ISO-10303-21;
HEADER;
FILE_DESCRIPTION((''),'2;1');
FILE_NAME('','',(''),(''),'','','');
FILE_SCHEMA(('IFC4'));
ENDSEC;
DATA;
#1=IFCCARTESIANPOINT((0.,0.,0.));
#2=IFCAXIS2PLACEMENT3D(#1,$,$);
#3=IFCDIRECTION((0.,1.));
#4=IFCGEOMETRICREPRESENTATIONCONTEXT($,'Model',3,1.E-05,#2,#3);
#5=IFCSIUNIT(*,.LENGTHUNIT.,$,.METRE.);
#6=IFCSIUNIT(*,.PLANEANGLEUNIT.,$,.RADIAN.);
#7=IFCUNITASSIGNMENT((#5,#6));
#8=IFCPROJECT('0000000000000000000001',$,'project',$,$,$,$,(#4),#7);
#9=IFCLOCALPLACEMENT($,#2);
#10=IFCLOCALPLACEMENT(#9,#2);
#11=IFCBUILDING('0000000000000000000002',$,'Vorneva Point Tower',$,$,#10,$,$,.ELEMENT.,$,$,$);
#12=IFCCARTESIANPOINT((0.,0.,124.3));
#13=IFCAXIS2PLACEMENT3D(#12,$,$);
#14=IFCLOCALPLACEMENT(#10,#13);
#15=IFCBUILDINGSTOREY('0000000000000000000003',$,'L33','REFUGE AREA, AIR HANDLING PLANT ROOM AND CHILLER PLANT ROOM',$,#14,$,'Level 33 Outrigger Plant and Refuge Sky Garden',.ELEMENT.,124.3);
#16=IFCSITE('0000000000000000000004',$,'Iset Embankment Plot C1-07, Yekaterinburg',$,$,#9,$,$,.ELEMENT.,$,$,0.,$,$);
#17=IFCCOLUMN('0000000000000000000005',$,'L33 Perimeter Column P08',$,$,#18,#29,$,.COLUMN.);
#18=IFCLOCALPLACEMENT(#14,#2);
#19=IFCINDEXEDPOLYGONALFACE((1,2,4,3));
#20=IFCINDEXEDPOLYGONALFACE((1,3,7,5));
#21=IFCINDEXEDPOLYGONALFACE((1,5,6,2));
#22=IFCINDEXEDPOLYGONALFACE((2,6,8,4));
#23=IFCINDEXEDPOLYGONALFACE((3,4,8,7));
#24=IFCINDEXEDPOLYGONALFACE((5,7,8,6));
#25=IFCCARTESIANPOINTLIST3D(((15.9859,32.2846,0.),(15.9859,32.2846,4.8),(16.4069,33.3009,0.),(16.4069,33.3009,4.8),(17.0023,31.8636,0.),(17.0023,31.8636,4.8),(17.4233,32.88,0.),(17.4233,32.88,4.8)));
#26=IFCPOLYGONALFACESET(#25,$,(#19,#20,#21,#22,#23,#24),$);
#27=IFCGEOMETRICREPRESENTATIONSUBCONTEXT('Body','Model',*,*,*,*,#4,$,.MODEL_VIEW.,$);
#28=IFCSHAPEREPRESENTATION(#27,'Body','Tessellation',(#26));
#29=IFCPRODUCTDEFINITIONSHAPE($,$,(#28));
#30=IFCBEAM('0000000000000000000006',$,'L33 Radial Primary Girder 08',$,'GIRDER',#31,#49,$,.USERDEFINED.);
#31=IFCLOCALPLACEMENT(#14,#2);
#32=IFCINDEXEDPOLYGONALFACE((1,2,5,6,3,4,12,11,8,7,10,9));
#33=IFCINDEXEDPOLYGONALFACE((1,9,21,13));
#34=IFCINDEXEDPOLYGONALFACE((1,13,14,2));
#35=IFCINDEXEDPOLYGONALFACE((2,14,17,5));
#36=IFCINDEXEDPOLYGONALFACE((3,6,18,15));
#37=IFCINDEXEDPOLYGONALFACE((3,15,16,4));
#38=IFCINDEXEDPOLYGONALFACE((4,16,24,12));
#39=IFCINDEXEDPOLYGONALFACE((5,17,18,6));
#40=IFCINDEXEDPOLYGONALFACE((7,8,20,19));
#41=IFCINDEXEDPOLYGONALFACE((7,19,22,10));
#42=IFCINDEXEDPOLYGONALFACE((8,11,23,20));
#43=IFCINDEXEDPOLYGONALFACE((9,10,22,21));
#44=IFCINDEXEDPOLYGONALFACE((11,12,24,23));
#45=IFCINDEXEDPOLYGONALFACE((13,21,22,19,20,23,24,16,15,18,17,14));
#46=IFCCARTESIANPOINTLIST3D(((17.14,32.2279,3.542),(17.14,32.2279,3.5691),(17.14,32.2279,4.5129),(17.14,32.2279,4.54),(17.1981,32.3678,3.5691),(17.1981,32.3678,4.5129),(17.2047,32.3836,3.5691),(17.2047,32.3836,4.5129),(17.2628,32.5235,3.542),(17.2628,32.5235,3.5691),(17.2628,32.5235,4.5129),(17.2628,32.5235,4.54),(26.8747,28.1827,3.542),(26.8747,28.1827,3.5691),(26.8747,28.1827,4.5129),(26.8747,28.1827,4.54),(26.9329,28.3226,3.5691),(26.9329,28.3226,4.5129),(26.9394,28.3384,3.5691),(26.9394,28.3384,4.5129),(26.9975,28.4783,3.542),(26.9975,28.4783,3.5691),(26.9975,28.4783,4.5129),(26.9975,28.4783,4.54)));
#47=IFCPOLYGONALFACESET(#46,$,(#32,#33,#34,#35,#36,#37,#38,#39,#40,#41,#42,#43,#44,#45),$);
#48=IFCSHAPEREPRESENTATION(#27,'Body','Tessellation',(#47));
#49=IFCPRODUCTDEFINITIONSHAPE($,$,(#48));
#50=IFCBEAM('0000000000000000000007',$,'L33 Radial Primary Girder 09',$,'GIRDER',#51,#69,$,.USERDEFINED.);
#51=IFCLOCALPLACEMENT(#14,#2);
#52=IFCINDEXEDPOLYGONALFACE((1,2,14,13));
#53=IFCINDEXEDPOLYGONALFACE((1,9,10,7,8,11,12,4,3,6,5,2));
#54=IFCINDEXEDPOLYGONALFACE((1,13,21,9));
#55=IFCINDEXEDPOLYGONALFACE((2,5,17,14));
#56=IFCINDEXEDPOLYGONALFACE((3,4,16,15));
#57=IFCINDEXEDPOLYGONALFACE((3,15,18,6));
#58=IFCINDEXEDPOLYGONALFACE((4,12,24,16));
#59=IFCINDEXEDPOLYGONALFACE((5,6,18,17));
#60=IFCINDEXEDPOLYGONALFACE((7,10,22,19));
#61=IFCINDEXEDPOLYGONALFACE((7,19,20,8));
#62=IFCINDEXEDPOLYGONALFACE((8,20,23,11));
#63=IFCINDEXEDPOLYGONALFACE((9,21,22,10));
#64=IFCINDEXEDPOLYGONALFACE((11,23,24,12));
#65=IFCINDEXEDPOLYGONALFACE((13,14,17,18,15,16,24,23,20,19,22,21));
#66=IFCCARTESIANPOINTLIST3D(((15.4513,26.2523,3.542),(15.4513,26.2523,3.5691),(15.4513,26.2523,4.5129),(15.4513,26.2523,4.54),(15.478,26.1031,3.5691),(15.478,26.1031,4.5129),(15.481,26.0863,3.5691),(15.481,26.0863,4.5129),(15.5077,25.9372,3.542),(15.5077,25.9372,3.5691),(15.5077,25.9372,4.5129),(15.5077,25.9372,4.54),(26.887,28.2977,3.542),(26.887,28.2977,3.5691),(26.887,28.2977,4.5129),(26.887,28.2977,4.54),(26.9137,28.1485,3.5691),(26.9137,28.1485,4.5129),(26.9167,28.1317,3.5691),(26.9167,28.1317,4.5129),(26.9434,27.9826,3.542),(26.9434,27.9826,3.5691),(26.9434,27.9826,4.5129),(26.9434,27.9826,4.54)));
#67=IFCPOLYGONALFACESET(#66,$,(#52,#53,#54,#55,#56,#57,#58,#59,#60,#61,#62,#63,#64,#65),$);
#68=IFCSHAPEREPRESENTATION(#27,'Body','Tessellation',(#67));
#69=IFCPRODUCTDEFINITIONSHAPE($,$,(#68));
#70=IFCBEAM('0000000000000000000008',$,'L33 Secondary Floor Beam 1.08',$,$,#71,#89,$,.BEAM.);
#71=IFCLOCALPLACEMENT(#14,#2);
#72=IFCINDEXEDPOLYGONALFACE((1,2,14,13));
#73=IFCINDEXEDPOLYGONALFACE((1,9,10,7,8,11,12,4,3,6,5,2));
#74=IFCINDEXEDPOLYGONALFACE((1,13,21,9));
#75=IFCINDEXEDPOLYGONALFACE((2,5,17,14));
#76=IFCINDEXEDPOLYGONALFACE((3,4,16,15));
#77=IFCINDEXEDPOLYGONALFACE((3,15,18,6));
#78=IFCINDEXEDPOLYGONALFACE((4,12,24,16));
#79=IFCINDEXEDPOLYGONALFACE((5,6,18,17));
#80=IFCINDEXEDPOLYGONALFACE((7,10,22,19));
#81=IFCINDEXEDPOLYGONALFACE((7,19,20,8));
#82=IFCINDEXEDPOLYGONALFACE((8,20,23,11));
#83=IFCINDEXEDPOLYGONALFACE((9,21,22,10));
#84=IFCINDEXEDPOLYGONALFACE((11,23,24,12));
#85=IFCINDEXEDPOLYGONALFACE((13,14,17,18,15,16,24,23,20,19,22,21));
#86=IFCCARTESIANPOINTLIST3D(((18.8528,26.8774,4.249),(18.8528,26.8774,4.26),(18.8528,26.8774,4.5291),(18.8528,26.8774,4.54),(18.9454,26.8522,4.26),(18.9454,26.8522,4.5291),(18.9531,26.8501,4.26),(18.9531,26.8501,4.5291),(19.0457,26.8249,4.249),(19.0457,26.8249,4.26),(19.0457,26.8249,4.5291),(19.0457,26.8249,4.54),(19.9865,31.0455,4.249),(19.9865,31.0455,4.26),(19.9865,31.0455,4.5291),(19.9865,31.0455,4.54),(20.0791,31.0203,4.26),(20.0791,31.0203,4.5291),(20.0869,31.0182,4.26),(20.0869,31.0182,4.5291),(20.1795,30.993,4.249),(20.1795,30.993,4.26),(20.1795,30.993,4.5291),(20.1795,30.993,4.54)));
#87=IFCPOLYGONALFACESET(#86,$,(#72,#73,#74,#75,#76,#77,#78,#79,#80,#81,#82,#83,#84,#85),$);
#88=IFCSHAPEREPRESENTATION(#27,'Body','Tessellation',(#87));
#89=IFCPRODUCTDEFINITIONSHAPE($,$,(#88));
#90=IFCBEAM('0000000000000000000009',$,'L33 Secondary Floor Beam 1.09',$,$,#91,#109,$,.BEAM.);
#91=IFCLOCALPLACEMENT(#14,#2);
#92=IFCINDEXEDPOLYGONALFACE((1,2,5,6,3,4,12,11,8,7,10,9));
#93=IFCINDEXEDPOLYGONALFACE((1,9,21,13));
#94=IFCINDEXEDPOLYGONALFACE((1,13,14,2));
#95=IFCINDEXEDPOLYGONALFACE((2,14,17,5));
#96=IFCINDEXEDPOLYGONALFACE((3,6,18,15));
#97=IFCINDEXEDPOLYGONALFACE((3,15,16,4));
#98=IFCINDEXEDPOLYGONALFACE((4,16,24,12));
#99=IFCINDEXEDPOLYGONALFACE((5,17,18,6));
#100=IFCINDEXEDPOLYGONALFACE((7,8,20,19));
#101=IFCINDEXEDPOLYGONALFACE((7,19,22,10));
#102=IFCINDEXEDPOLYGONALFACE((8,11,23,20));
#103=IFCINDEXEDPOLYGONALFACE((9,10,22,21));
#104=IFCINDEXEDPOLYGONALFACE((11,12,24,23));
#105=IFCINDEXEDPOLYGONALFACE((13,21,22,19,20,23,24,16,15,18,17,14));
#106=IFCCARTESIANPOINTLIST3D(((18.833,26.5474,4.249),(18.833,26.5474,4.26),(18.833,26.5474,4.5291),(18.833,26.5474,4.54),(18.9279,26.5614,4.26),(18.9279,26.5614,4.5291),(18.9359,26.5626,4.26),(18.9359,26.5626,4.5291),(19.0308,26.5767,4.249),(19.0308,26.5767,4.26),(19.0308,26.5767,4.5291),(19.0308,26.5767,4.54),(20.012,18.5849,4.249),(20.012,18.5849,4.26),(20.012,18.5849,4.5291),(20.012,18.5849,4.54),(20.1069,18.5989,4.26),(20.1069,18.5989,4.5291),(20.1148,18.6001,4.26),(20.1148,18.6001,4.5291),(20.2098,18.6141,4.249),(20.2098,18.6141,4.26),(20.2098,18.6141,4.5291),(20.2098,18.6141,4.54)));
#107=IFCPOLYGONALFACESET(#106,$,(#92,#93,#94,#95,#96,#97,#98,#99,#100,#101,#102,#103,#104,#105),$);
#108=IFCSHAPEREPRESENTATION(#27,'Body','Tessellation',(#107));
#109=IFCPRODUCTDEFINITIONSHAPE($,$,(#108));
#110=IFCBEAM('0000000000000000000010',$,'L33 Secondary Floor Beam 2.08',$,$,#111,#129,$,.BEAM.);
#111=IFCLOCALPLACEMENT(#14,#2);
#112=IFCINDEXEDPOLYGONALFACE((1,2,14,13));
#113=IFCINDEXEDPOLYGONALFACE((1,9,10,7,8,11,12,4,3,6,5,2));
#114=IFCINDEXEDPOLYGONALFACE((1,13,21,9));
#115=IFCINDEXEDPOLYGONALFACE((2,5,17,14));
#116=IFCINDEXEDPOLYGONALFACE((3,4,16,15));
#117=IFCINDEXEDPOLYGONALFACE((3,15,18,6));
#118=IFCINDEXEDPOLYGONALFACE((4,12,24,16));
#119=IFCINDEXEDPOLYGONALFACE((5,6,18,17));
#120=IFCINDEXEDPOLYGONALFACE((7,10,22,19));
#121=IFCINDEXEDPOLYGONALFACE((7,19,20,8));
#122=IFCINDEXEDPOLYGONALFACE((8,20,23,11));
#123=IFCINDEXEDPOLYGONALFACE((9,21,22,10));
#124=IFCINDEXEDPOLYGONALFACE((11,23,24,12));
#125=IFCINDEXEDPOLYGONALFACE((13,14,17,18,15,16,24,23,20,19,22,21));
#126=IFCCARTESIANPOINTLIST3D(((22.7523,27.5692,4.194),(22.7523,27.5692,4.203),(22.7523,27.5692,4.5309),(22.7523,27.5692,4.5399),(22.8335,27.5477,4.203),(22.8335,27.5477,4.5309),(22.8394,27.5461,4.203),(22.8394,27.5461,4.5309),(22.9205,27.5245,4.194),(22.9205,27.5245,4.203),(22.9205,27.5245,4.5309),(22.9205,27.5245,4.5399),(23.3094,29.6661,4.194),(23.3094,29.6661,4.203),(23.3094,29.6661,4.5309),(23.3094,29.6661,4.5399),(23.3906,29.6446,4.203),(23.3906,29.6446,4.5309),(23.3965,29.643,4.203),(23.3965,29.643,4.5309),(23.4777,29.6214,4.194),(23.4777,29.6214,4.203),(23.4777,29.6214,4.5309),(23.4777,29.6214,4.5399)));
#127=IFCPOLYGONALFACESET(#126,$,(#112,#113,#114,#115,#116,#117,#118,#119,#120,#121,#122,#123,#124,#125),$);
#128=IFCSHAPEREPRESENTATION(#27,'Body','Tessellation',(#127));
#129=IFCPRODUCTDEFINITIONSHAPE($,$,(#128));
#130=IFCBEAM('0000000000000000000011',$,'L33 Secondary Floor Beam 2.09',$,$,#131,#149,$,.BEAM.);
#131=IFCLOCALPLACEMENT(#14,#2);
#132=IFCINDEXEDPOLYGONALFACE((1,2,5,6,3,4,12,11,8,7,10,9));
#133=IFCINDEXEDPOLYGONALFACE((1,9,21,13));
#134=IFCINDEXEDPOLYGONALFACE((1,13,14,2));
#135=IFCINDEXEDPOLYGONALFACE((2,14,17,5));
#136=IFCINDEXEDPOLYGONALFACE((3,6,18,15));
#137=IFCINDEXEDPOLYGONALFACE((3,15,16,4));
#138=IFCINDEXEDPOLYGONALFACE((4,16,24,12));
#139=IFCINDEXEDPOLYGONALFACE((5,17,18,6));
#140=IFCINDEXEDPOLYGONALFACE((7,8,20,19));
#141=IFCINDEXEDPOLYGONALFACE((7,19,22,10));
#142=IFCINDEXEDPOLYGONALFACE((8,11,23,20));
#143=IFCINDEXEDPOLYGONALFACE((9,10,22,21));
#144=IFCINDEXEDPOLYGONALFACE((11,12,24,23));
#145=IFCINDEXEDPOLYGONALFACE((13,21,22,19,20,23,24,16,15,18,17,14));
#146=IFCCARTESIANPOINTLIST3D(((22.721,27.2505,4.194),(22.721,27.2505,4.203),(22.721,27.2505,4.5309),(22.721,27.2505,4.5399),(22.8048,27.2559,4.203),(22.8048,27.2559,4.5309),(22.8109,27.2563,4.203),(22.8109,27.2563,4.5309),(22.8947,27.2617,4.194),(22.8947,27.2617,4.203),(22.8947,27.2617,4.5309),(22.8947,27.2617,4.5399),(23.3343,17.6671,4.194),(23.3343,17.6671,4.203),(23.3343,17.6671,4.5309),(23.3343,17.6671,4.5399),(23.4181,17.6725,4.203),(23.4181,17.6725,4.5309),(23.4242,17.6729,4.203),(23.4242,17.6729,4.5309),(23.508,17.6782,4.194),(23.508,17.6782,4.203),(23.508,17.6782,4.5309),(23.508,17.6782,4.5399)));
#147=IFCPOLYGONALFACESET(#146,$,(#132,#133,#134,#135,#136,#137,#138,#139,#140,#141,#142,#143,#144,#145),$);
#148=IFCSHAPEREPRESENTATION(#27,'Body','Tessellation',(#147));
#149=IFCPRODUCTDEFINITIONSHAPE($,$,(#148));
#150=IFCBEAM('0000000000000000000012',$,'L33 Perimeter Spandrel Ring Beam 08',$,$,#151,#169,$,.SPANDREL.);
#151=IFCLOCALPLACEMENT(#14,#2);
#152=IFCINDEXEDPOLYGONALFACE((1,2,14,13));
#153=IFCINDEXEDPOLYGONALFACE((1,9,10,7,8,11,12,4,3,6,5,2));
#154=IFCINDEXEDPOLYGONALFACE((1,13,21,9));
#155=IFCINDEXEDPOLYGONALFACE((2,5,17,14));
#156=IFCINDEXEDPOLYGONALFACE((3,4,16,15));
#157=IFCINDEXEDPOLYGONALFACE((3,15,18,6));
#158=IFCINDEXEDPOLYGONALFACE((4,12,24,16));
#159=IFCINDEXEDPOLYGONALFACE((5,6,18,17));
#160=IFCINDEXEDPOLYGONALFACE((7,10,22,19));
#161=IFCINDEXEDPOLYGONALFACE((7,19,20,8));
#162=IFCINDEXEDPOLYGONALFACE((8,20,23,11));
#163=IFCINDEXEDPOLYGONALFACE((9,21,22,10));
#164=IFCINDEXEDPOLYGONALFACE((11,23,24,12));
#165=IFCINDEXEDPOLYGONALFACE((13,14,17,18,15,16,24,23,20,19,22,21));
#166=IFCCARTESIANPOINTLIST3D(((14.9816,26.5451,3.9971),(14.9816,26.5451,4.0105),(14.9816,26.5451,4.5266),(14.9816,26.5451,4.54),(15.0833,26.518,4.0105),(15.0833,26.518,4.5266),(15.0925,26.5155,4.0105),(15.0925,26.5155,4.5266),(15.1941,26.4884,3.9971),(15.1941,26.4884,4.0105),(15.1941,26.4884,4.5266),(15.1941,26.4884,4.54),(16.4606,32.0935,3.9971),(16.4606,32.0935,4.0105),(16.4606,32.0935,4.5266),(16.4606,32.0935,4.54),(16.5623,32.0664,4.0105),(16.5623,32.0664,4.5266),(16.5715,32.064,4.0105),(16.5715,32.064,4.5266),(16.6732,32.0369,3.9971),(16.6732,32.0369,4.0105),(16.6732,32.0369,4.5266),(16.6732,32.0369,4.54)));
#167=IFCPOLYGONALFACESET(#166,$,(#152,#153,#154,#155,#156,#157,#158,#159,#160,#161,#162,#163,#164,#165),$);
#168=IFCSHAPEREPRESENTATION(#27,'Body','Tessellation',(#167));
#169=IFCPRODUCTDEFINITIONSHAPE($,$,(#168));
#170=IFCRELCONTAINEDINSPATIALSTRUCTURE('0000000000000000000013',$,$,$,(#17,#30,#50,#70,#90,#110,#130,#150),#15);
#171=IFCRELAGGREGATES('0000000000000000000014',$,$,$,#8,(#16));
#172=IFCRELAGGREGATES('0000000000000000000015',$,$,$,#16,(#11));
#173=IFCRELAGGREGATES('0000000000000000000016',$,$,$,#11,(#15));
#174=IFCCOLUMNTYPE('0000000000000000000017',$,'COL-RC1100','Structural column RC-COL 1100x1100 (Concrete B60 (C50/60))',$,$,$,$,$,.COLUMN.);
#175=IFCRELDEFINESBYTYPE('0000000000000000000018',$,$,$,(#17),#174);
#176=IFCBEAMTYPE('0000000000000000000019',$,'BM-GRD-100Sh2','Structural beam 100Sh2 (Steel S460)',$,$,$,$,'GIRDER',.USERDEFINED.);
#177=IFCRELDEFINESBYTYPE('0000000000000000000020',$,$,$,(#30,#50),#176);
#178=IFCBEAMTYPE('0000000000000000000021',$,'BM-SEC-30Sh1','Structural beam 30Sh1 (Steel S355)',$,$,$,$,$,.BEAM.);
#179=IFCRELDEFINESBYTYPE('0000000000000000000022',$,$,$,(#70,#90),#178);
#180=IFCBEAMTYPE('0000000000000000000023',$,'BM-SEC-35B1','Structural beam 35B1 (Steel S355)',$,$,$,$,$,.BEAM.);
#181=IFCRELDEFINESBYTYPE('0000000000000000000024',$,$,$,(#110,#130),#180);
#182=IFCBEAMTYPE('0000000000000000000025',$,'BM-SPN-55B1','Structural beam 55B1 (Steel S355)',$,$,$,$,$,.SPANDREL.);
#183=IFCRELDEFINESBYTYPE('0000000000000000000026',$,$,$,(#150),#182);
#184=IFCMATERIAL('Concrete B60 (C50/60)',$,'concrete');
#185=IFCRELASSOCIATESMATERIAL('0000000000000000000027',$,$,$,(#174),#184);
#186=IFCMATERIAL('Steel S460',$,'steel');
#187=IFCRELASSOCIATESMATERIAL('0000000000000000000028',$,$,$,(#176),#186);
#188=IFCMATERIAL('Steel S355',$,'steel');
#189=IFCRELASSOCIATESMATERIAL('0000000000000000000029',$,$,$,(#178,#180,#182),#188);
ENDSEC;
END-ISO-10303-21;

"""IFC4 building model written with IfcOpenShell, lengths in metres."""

from ifc_helpers import new_model, si_unit, direction, frame, origin, origin_2d, place, context, subcontext, project, spatial, rectangle, i_section, extrude, material, material_profile, profile_set, type_object, element, save


model = new_model("IFC4")

# Units and contexts
model_context = context("Model", 3, precision=1e-05, world=origin(), true_north=direction((0.0, 1.0)))
body_context = subcontext(model_context, "Body", "Model", "MODEL_VIEW")
ifc_project = project(units=[si_unit("LENGTHUNIT", "METRE"), si_unit("PLANEANGLEUNIT", "RADIAN")], contexts=[model_context])

# Site, building, storey
site_placement = place(None, origin())
site = spatial("IfcSite", under=ifc_project, at=site_placement, Name="Iset Embankment Plot C1-07, Yekaterinburg", CompositionType="ELEMENT", RefElevation=0.0)
building_placement = place(site_placement, origin())
building = spatial("IfcBuilding", under=site, at=building_placement, Name="Vorneva Point Tower", CompositionType="ELEMENT")
storey_placement = place(building_placement, frame((0.0, 0.0, 124.3)))
storey = spatial("IfcBuildingStorey", under=building, at=storey_placement, Name="L33", Description="REFUGE AREA, AIR HANDLING PLANT ROOM AND CHILLER PLANT ROOM", LongName="Level 33 Outrigger Plant and Refuge Sky Garden", CompositionType="ELEMENT", Elevation=124.3)

# Column
ifc_material_1 = material(Name="Concrete B60 (C50/60)", Category="concrete")
ifc_material_profile_1 = material_profile(ifc_material_1, rectangle(XDim=1.1001, YDim=1.1001, at=origin_2d()), Name="RC-COL 1100x1100")
ifc_profile_set_1 = profile_set([ifc_material_profile_1], Name="Concrete B60 (C50/60)")
column_type = type_object("IfcColumnType", Name="COL-RC1100", Description="Structural column RC-COL 1100x1100 (Concrete B60 (C50/60))", PredefinedType="COLUMN", material=ifc_profile_set_1)
column_placement = place(storey_placement, frame((16.7046, 32.5823, 0.0), z_axis=(0.0, 0.0, 1.0), x_axis=(-0.92388, 0.382683, 0.0)))
element("IfcColumn", 1, at=column_placement, inside=storey, type_object=column_type, Name="L33 Perimeter Column P08", PredefinedType="COLUMN", context=body_context, shape_type="SweptSolid", body=[
    extrude(rectangle(XDim=1.1001, YDim=1.1001, at=origin_2d()), origin(), (0.0, 0.0, 1.0), 4.8),
])

# Beams
ifc_material_2 = material(Name="Steel S460", Category="steel")
ifc_material_profile_2 = material_profile(ifc_material_2, i_section(OverallWidth=0.3201, OverallDepth=0.998, WebThickness=0.0171, FlangeThickness=0.0271, at=origin_2d()), Name="100Sh2")
ifc_profile_set_2 = profile_set([ifc_material_profile_2], Name="Steel S460")
beam_type_1 = type_object("IfcBeamType", Name="BM-GRD-100Sh2", Description="Structural beam 100Sh2 (Steel S460)", ElementType="GIRDER", PredefinedType="USERDEFINED", material=ifc_profile_set_2)
beam_1_placement = place(storey_placement, frame((17.2014, 32.3757, 4.041), z_axis=(0.923444, -0.383732, 0.0), x_axis=(0.383732, 0.923444, 0.0)))
element("IfcBeam", 2, at=beam_1_placement, inside=storey, type_object=beam_type_1, Name="L33 Radial Primary Girder 08", ObjectType="GIRDER", PredefinedType="USERDEFINED", context=body_context, shape_type="SweptSolid", body=[
    extrude(i_section(OverallWidth=0.3201, OverallDepth=0.998, WebThickness=0.0171, FlangeThickness=0.0271, at=origin_2d()), origin(), (0.0, 0.0, 1.0), 10.5417),
])
beam_2_placement = place(storey_placement, frame((15.4795, 26.0947, 4.041), z_axis=(0.984378, 0.176066, 0.0), x_axis=(-0.176066, 0.984378, 0.0)))
element("IfcBeam", 3, at=beam_2_placement, inside=storey, type_object=beam_type_1, Name="L33 Radial Primary Girder 09", ObjectType="GIRDER", PredefinedType="USERDEFINED", context=body_context, shape_type="SweptSolid", body=[
    extrude(i_section(OverallWidth=0.3201, OverallDepth=0.998, WebThickness=0.0171, FlangeThickness=0.0271, at=origin_2d()), origin(), (0.0, 0.0, 1.0), 11.6172),
])
ifc_material_3 = material(Name="Steel S355", Category="steel")
ifc_material_profile_3 = material_profile(ifc_material_3, i_section(OverallWidth=0.2, OverallDepth=0.291, WebThickness=0.0081, FlangeThickness=0.011, at=origin_2d()), Name="30Sh1")
ifc_profile_set_3 = profile_set([ifc_material_profile_3], Name="Steel S355")
beam_type_2 = type_object("IfcBeamType", Name="BM-SEC-30Sh1", Description="Structural beam 30Sh1 (Steel S355)", PredefinedType="BEAM", material=ifc_profile_set_3)
beam_3_placement = place(storey_placement, frame((20.083, 31.0193, 4.3945), z_axis=(-0.262472, -0.96494, 0.0), x_axis=(0.96494, -0.262472, 0.0)))
element("IfcBeam", 4, at=beam_3_placement, inside=storey, type_object=beam_type_2, Name="L33 Secondary Floor Beam 1.08", PredefinedType="BEAM", context=body_context, shape_type="SweptSolid", body=[
    extrude(i_section(OverallWidth=0.2, OverallDepth=0.291, WebThickness=0.0081, FlangeThickness=0.011, at=origin_2d()), origin(), (0.0, 0.0, 1.0), 4.3196),
])
beam_4_placement = place(storey_placement, frame((18.9319, 26.562, 4.3945), z_axis=(0.146468, -0.989215, 0.0), x_axis=(0.989215, 0.146468, 0.0)))
element("IfcBeam", 5, at=beam_4_placement, inside=storey, type_object=beam_type_2, Name="L33 Secondary Floor Beam 1.09", PredefinedType="BEAM", context=body_context, shape_type="SweptSolid", body=[
    extrude(i_section(OverallWidth=0.2, OverallDepth=0.291, WebThickness=0.0081, FlangeThickness=0.011, at=origin_2d()), origin(), (0.0, 0.0, 1.0), 8.0493),
])
ifc_material_profile_4 = material_profile(ifc_material_3, i_section(OverallWidth=0.1741, OverallDepth=0.3459, WebThickness=0.0061, FlangeThickness=0.009, at=origin_2d()), Name="35B1")
ifc_profile_set_4 = profile_set([ifc_material_profile_4], Name="Steel S355")
beam_type_3 = type_object("IfcBeamType", Name="BM-SEC-35B1", Description="Structural beam 35B1 (Steel S355)", PredefinedType="BEAM", material=ifc_profile_set_4)
beam_5_placement = place(storey_placement, frame((23.3936, 29.6438, 4.3669), z_axis=(-0.25678, -0.96647, 0.0), x_axis=(0.96647, -0.25678, 0.0)))
element("IfcBeam", 6, at=beam_5_placement, inside=storey, type_object=beam_type_3, Name="L33 Secondary Floor Beam 2.08", PredefinedType="BEAM", context=body_context, shape_type="SweptSolid", body=[
    extrude(i_section(OverallWidth=0.1741, OverallDepth=0.3459, WebThickness=0.0061, FlangeThickness=0.009, at=origin_2d()), origin(), (0.0, 0.0, 1.0), 2.1697),
])
beam_6_placement = place(storey_placement, frame((22.8079, 27.2561, 4.3669), z_axis=(0.063863, -0.997959, 0.0), x_axis=(0.997959, 0.063863, 0.0)))
element("IfcBeam", 7, at=beam_6_placement, inside=storey, type_object=beam_type_3, Name="L33 Secondary Floor Beam 2.09", PredefinedType="BEAM", context=body_context, shape_type="SweptSolid", body=[
    extrude(i_section(OverallWidth=0.1741, OverallDepth=0.3459, WebThickness=0.0061, FlangeThickness=0.009, at=origin_2d()), origin(), (0.0, 0.0, 1.0), 9.603),
])
ifc_material_profile_5 = material_profile(ifc_material_3, i_section(OverallWidth=0.22, OverallDepth=0.543, WebThickness=0.0095, FlangeThickness=0.0134, at=origin_2d()), Name="55B1")
ifc_profile_set_5 = profile_set([ifc_material_profile_5], Name="Steel S355")
beam_type_4 = type_object("IfcBeamType", Name="BM-SPN-55B1", Description="Structural beam 55B1 (Steel S355)", PredefinedType="SPANDREL", material=ifc_profile_set_5)
beam_7_placement = place(storey_placement, frame((16.5669, 32.0652, 4.2686), z_axis=(-0.257573, -0.966259, 0.0), x_axis=(0.966259, -0.257573, 0.0)))
element("IfcBeam", 8, at=beam_7_placement, inside=storey, type_object=beam_type_4, Name="L33 Perimeter Spandrel Ring Beam 08", PredefinedType="SPANDREL", context=body_context, shape_type="SweptSolid", body=[
    extrude(i_section(OverallWidth=0.22, OverallDepth=0.543, WebThickness=0.0095, FlangeThickness=0.0134, at=origin_2d()), origin(), (0.0, 0.0, 1.0), 5.7422),
])

save(model, "model.ifc")
